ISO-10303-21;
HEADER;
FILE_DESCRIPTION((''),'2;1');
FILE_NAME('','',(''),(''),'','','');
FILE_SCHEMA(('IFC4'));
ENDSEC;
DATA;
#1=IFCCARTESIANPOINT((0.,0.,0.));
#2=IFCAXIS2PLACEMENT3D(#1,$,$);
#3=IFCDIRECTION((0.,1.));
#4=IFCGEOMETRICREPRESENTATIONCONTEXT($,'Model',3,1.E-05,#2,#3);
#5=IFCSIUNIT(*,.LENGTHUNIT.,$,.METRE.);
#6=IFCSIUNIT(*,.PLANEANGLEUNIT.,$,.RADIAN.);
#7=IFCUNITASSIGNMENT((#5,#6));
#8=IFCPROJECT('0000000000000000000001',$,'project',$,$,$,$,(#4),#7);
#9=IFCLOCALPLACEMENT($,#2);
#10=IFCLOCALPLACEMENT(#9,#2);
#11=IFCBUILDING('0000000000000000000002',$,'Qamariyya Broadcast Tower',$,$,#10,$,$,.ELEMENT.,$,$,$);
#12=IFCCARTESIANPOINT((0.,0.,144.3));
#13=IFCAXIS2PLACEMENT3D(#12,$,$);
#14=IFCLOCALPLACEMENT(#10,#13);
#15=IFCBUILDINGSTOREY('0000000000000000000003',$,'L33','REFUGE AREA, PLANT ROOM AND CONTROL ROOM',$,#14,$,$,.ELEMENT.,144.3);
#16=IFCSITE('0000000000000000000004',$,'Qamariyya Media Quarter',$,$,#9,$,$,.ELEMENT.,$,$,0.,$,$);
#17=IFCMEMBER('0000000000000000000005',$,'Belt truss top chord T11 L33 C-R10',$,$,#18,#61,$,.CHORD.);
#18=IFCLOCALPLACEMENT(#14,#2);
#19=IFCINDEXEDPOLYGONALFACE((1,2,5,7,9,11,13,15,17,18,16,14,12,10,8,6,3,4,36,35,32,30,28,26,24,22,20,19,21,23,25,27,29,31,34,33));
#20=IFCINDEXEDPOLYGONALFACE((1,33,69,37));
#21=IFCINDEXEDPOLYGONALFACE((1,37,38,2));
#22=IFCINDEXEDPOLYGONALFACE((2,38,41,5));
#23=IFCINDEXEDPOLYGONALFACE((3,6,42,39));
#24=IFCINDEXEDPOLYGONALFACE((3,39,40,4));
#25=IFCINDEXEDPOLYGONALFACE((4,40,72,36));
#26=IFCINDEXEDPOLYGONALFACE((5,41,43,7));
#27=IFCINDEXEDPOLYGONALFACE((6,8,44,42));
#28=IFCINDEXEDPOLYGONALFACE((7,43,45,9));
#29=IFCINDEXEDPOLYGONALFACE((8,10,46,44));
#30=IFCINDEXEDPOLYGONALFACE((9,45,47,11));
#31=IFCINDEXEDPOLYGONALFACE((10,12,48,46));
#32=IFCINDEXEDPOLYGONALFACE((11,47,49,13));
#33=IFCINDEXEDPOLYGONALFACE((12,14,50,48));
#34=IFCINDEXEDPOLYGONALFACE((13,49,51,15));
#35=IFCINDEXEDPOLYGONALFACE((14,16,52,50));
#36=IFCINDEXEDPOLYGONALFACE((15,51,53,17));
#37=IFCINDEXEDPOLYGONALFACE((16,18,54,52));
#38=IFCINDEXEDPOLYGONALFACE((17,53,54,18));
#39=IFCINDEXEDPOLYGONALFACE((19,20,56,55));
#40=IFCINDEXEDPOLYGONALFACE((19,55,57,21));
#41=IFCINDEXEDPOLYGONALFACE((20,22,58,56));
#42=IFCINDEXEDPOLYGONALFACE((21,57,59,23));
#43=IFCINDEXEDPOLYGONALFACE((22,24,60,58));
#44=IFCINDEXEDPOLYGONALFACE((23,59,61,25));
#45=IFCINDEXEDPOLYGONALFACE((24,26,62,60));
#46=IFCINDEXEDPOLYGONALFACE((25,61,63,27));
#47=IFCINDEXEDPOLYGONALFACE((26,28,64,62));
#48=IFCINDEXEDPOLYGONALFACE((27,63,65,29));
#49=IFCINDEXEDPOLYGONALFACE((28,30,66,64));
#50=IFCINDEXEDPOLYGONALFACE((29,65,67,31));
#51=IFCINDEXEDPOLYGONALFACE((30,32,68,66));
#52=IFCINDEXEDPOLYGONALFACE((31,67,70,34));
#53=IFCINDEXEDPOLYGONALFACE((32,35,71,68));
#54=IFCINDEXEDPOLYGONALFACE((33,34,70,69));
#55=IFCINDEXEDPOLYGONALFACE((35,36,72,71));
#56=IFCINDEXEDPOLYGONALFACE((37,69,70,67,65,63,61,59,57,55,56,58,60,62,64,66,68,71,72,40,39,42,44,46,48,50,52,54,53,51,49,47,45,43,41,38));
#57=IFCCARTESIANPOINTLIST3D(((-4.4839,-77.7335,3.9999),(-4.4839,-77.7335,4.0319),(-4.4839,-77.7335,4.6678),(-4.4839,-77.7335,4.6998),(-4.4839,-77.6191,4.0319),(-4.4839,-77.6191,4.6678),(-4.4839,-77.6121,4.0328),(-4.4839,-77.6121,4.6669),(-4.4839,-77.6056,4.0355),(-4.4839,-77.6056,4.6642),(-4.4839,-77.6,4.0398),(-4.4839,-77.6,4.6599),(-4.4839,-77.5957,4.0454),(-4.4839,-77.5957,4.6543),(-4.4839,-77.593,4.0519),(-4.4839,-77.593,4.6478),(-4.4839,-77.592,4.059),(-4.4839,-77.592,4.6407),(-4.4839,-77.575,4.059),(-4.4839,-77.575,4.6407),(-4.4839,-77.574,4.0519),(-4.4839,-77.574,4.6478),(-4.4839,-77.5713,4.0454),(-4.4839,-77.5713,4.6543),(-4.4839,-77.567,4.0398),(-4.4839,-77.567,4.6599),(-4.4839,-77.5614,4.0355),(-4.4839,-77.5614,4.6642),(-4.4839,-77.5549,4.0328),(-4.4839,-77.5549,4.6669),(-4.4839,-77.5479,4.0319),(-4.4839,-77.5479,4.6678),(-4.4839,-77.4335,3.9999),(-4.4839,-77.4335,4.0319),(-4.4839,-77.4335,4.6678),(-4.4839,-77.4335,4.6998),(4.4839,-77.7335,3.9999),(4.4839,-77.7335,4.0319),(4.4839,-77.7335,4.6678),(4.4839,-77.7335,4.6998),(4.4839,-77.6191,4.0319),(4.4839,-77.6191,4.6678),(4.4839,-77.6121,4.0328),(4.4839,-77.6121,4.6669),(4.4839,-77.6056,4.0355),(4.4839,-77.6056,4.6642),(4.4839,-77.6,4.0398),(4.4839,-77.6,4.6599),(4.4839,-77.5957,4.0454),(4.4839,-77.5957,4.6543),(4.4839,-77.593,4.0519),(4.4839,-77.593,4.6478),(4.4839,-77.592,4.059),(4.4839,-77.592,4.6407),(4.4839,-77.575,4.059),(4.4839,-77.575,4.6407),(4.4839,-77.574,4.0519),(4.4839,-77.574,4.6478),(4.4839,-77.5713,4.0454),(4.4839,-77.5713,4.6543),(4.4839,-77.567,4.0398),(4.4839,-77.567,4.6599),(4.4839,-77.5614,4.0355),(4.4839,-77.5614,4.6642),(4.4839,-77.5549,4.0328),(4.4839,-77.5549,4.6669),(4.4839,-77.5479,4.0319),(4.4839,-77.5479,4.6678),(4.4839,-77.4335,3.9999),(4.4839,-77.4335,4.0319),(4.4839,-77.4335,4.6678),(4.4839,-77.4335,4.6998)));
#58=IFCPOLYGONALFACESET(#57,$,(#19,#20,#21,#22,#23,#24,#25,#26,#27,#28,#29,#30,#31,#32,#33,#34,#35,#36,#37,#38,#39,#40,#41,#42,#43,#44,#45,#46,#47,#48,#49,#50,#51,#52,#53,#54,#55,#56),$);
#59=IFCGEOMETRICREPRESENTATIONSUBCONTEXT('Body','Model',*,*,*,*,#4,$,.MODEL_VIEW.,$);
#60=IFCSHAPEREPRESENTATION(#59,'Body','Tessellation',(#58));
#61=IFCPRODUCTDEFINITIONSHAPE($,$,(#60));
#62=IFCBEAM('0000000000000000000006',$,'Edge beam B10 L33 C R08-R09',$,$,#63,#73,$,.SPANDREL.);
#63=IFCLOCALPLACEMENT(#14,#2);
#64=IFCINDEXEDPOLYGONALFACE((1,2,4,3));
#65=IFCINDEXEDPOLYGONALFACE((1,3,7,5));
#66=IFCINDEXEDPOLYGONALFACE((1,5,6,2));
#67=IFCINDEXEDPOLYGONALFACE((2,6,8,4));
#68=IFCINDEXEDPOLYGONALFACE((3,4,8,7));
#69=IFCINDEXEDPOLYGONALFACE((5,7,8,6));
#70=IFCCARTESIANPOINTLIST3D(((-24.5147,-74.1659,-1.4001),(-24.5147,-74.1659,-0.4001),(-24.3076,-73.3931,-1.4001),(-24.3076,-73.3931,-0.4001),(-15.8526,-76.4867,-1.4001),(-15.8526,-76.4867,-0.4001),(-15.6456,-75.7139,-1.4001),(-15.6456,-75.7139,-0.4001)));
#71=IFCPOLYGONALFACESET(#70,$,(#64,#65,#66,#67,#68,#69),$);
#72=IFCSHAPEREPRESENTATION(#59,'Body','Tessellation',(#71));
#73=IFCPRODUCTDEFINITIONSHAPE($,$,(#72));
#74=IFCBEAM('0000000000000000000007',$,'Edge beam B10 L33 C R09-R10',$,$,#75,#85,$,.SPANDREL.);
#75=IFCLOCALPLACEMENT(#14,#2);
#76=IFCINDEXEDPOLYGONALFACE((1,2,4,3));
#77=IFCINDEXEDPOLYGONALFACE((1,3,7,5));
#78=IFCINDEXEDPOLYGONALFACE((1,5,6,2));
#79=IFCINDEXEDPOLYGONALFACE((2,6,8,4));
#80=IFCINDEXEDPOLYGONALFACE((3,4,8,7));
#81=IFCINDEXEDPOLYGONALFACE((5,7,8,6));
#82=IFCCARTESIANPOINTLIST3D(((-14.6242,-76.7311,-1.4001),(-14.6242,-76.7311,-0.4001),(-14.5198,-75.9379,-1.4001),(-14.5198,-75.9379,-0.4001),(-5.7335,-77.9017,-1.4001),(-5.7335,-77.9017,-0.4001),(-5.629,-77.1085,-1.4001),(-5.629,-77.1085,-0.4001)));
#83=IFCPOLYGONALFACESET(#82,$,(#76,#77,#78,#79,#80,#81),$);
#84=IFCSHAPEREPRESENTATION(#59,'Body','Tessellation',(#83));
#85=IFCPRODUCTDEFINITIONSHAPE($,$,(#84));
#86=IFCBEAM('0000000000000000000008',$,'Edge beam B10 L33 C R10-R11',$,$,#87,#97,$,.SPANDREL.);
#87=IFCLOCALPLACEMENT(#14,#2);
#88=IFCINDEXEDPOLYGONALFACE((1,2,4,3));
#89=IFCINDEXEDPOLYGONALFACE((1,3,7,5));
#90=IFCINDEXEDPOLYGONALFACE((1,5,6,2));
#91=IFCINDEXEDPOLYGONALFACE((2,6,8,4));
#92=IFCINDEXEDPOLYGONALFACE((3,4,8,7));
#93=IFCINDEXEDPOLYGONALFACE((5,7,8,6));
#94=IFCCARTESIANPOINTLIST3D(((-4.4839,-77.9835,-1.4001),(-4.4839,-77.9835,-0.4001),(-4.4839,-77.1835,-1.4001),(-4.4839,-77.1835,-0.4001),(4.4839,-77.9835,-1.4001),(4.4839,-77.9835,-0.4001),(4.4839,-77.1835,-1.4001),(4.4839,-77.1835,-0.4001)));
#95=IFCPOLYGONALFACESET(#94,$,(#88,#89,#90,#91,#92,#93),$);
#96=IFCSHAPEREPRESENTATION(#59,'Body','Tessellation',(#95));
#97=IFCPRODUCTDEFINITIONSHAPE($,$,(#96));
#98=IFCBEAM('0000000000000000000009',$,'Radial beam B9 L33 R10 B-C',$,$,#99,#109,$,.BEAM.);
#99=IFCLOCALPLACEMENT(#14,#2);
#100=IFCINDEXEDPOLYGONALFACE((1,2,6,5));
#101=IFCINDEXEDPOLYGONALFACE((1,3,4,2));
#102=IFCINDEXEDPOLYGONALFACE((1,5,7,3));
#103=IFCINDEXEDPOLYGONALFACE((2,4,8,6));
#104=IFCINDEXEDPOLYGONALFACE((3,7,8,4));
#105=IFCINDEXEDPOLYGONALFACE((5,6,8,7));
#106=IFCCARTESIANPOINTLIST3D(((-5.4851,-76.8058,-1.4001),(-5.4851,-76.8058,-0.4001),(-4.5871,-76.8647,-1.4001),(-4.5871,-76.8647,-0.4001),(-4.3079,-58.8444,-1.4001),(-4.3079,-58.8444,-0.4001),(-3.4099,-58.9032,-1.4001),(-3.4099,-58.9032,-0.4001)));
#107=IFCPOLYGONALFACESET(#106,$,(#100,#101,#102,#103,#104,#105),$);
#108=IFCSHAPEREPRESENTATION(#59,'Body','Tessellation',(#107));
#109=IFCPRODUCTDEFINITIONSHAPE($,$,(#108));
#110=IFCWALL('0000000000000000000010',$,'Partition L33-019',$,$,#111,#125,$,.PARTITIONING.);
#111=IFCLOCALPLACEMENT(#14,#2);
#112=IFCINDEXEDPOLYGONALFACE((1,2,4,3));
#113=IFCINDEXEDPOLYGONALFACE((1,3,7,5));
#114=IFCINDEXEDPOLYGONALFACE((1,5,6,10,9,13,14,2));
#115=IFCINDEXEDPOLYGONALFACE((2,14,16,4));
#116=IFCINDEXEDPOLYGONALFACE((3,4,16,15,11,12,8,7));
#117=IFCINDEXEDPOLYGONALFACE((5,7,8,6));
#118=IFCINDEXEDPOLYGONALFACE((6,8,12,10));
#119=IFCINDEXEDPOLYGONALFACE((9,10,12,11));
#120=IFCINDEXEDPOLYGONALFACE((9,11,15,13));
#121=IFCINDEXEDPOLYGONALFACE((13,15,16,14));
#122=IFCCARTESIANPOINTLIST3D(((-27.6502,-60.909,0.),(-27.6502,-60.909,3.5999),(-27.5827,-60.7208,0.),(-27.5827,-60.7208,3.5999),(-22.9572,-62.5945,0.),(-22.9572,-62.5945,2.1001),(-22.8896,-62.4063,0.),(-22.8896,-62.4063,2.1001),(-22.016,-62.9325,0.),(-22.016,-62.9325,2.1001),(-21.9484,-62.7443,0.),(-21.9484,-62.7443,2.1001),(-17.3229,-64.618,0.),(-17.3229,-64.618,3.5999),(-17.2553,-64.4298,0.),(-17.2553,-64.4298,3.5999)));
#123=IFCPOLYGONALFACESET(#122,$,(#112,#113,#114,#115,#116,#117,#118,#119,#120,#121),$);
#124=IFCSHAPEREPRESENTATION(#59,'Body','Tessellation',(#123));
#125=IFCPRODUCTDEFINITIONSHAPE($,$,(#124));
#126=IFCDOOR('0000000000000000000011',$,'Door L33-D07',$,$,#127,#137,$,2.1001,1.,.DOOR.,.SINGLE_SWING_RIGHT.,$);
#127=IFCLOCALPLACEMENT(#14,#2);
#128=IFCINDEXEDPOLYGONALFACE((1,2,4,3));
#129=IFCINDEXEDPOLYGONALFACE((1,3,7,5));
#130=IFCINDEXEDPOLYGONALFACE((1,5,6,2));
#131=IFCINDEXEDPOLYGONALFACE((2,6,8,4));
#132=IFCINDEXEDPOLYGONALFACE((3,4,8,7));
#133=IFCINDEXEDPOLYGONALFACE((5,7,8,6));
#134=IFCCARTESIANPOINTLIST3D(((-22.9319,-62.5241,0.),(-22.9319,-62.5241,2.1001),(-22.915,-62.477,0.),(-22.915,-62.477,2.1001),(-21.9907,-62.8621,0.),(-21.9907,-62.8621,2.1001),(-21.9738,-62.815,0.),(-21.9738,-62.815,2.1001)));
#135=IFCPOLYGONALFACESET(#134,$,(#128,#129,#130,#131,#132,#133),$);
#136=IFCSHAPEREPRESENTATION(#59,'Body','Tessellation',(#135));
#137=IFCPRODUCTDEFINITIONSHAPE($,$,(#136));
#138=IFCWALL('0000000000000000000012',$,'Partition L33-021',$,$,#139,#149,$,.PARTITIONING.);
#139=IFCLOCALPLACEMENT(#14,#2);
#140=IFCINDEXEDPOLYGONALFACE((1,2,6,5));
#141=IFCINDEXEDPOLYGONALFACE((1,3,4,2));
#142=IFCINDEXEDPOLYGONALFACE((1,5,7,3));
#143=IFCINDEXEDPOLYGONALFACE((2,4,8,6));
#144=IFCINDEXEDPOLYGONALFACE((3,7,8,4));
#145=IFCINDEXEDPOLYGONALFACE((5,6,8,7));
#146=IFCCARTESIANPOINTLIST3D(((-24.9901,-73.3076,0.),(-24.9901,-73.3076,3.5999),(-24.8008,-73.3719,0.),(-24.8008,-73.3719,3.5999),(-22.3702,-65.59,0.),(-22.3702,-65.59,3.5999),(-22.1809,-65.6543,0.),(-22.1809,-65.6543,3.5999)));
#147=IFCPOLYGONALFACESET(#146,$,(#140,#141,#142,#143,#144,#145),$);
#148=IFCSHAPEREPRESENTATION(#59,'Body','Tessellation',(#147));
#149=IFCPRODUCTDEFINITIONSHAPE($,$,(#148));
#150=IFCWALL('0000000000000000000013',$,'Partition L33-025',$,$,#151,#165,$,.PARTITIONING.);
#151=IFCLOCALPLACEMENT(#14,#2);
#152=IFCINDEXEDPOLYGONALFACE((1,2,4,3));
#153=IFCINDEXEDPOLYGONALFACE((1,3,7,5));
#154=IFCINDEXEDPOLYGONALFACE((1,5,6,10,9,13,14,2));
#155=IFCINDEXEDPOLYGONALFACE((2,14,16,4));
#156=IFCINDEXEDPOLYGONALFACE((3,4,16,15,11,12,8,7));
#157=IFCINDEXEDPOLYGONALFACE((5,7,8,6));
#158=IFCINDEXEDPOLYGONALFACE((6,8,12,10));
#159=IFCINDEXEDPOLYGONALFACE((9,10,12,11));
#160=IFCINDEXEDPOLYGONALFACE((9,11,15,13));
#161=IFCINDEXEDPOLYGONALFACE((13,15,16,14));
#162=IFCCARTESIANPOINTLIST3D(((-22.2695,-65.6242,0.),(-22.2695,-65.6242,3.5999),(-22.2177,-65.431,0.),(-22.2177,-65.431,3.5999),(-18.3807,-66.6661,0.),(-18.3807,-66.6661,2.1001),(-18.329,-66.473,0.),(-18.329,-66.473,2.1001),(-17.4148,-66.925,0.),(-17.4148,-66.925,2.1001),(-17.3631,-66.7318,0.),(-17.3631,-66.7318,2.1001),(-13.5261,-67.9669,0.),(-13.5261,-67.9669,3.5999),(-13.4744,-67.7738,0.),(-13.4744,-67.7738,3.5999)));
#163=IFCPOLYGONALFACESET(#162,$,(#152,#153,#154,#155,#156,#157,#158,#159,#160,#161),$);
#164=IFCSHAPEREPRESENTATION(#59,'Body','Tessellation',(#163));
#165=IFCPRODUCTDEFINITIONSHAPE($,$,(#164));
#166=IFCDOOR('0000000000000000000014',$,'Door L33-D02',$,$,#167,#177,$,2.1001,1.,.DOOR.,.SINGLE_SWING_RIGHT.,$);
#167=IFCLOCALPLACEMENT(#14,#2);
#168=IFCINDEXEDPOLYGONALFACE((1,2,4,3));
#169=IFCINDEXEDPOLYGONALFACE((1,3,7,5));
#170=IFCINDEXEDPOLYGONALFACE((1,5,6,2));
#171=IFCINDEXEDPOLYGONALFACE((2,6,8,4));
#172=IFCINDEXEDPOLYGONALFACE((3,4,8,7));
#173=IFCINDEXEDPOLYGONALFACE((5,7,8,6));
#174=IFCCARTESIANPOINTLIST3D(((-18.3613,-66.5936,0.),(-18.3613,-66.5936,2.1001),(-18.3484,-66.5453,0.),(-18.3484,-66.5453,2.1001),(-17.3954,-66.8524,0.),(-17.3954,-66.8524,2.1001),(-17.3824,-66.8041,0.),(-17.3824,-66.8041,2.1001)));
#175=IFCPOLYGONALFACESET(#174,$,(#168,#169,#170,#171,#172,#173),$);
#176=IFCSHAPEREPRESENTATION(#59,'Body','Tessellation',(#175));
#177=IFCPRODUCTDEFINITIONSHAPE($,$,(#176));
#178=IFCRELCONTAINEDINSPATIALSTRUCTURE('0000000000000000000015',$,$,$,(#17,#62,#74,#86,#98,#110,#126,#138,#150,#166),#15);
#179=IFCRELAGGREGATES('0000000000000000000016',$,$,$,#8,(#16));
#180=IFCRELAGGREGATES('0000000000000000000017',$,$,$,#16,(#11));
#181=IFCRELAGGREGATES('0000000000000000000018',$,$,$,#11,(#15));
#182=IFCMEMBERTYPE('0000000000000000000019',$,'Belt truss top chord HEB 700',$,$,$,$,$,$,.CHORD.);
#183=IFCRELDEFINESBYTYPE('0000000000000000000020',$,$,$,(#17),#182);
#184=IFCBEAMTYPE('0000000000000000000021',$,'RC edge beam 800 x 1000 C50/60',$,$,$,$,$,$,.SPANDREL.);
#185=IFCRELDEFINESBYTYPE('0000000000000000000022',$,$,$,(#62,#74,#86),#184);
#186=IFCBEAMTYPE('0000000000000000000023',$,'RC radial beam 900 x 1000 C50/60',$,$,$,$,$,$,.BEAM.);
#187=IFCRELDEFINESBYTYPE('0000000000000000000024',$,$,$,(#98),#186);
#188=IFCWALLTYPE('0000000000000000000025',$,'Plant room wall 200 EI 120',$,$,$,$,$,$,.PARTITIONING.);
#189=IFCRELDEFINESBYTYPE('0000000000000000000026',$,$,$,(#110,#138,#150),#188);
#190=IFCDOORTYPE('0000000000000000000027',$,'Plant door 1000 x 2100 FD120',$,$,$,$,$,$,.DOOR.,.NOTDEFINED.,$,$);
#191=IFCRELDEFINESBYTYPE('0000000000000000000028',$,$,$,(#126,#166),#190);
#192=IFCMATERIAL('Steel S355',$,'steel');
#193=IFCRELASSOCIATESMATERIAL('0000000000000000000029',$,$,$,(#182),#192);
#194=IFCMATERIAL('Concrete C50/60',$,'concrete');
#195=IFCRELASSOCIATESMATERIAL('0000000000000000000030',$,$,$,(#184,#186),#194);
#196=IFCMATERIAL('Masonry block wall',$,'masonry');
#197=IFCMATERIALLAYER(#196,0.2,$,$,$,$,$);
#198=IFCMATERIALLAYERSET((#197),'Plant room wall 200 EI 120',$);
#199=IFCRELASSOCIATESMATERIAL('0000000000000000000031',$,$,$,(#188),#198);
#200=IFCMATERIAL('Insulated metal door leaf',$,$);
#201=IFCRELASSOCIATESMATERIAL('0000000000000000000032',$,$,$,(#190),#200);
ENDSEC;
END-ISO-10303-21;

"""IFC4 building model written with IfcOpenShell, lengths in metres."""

from ifc_helpers import new_model, si_unit, direction, frame, frame_2d, origin, origin_2d, place, context, subcontext, project, spatial, rectangle, i_section, extrude, material, layer, layer_set, material_profile, profile_set, type_object, element, fill, save


model = new_model("IFC4")

# Units and contexts
model_context = context("Model", 3, precision=1e-05, world=origin(), true_north=direction((0.0, 1.0)))
body_context = subcontext(model_context, "Body", "Model", "MODEL_VIEW")
ifc_project = project(units=[si_unit("LENGTHUNIT", "METRE"), si_unit("PLANEANGLEUNIT", "RADIAN")], contexts=[model_context])

# Site, building, storey
site_placement = place(None, origin())
site = spatial("IfcSite", under=ifc_project, at=site_placement, Name="Qamariyya Media Quarter", CompositionType="ELEMENT", RefElevation=0.0)
building_placement = place(site_placement, origin())
building = spatial("IfcBuilding", under=site, at=building_placement, Name="Qamariyya Broadcast Tower", CompositionType="ELEMENT")
storey_placement = place(building_placement, frame((0.0, 0.0, 144.3)))
storey = spatial("IfcBuildingStorey", under=building, at=storey_placement, Name="L33", Description="REFUGE AREA, PLANT ROOM AND CONTROL ROOM", CompositionType="ELEMENT", Elevation=144.3)

# Member
ifc_material_1 = material(Name="Steel S355", Category="steel")
ifc_material_profile_1 = material_profile(ifc_material_1, i_section(OverallWidth=0.3, OverallDepth=0.7, WebThickness=0.0171, FlangeThickness=0.032, FilletRadius=0.0271, at=origin_2d()))
ifc_profile_set_1 = profile_set([ifc_material_profile_1], Name="Steel S355")
member_type_1 = type_object("IfcMemberType", Name="Belt truss top chord HEB 700", PredefinedType="CHORD", material=ifc_profile_set_1)
member_1_placement = place(storey_placement, frame((-4.4839, -77.5835, 4.3499), z_axis=(1.0, 0.0, 0.0), x_axis=(0.0, 1.0, 0.0)))
element("IfcMember", 1, at=member_1_placement, inside=storey, type_object=member_type_1, Name="Belt truss top chord T11 L33 C-R10", PredefinedType="CHORD", context=body_context, shape_type="SweptSolid", body=[
    extrude(i_section(OverallWidth=0.3, OverallDepth=0.7, WebThickness=0.0171, FlangeThickness=0.032, FilletRadius=0.0271, at=origin_2d()), origin(), (0.0, 0.0, 1.0), 8.9678),
])

# Beams
ifc_material_2 = material(Name="Concrete C50/60", Category="concrete")
ifc_material_profile_2 = material_profile(ifc_material_2, rectangle(XDim=0.8, YDim=1.0, at=origin_2d()))
ifc_profile_set_2 = profile_set([ifc_material_profile_2], Name="Concrete C50/60")
beam_type_1 = type_object("IfcBeamType", Name="RC edge beam 800 x 1000 C50/60", PredefinedType="SPANDREL", material=ifc_profile_set_2)
for number, where, z_axis, x_axis, name in (
    (2, (-24.4111, -73.7795, -0.9001), (0.965932, -0.258798, 0.0), (0.258798, 0.965932, 0.0), "Edge beam B10 L33 C R08-R09"),
    (3, (-14.572, -76.3345, -0.9001), (0.991443, -0.130543, 0.0), (0.130543, 0.991443, 0.0), "Edge beam B10 L33 C R09-R10"),
):
    element("IfcBeam", number, at=place(storey_placement, frame(where, z_axis=z_axis, x_axis=x_axis)), inside=storey, type_object=beam_type_1, Name=name, PredefinedType="SPANDREL", context=body_context, shape_type="SweptSolid", body=[
        extrude(rectangle(XDim=0.8, YDim=1.0, at=origin_2d()), origin(), (0.0, 0.0, 1.0), 8.9675),
    ])
beam_1_placement = place(storey_placement, frame((-4.4839, -77.5835, -0.9001), z_axis=(1.0, 0.0, 0.0), x_axis=(0.0, 1.0, 0.0)))
element("IfcBeam", 4, at=beam_1_placement, inside=storey, type_object=beam_type_1, Name="Edge beam B10 L33 C R10-R11", PredefinedType="SPANDREL", context=body_context, shape_type="SweptSolid", body=[
    extrude(rectangle(XDim=0.8, YDim=1.0, at=origin_2d()), origin(), (0.0, 0.0, 1.0), 8.9678),
])
ifc_material_profile_3 = material_profile(ifc_material_2, rectangle(XDim=0.8999, YDim=1.0, at=origin_2d()))
ifc_profile_set_3 = profile_set([ifc_material_profile_3], Name="Concrete C50/60")
beam_type_2 = type_object("IfcBeamType", Name="RC radial beam 900 x 1000 C50/60", PredefinedType="BEAM", material=ifc_profile_set_3)
beam_2_placement = place(storey_placement, frame((-3.8589, -58.8738, -0.9001), z_axis=(-0.065403, -0.997859, 0.0), x_axis=(0.997859, -0.065403, 0.0)))
element("IfcBeam", 5, at=beam_2_placement, inside=storey, type_object=beam_type_2, Name="Radial beam B9 L33 R10 B-C", PredefinedType="BEAM", context=body_context, shape_type="SweptSolid", body=[
    extrude(rectangle(XDim=0.8999, YDim=1.0, at=origin_2d()), origin(), (0.0, 0.0, 1.0), 18.0),
])

# Wall, opening, door
ifc_material_3 = material(Name="Masonry block wall", Category="masonry")
ifc_layer_1 = layer(ifc_material_3, 0.2)
ifc_layer_set_1 = layer_set([ifc_layer_1], Name="Plant room wall 200 EI 120")
wall_type_1 = type_object("IfcWallType", Name="Plant room wall 200 EI 120", PredefinedType="PARTITIONING", material=ifc_layer_set_1)
wall_1_placement = place(storey_placement, frame((-27.6165, -60.8149, 0.0), z_axis=(0.0, 0.0, 1.0), x_axis=(0.941145, -0.338003, 0.0)))
wall_1 = element("IfcWall", 6, at=wall_1_placement, inside=storey, type_object=wall_type_1, Name="Partition L33-019", PredefinedType="PARTITIONING", context=body_context, shape_type="SweptSolid", body=[
    extrude(rectangle(XDim=10.9731, YDim=0.2, at=frame_2d((5.4866, 0.0))), origin(), (0.0, 0.0, 1.0), 3.5999),
])
opening_1_placement = place(wall_1_placement, frame((4.9866, 0.0, 0.0)))
opening_1 = element("IfcOpeningElement", 7, at=opening_1_placement, cuts=wall_1, PredefinedType="OPENING", context=body_context, shape_type="SweptSolid", body=[
    extrude(rectangle(XDim=1.0, YDim=2.1001, at=frame_2d((0.5, 1.05))), frame((0.0, 0.1099, 0.0), z_axis=(0.0, -1.0, 0.0), x_axis=(1.0, 0.0, 0.0)), (0.0, 0.0, 1.0), 0.22),
])
ifc_material_4 = material(Name="Insulated metal door leaf")
door_type = type_object("IfcDoorType", Name="Plant door 1000 x 2100 FD120", OperationType="NOTDEFINED", PredefinedType="DOOR", material=ifc_material_4)
door_1_placement = place(opening_1_placement, origin())
door_1 = element("IfcDoor", 8, at=door_1_placement, inside=storey, type_object=door_type, Name="Door L33-D07", OperationType="SINGLE_SWING_RIGHT", OverallHeight=2.1001, OverallWidth=1.0, PredefinedType="DOOR", context=body_context, shape_type="SweptSolid", body=[
    extrude(rectangle(XDim=1.0, YDim=2.1001, at=frame_2d((0.5, 1.05))), frame((0.0, 0.0249, 0.0), z_axis=(0.0, -1.0, 0.0), x_axis=(1.0, 0.0, 0.0)), (0.0, 0.0, 1.0), 0.05),
])
fill(opening_1, door_1)

# Wall
wall_2_placement = place(storey_placement, frame((-24.8955, -73.3398, 0.0), z_axis=(0.0, 0.0, 1.0), x_axis=(0.321453, 0.946925, 0.0)))
element("IfcWall", 9, at=wall_2_placement, inside=storey, type_object=wall_type_1, Name="Partition L33-021", PredefinedType="PARTITIONING", context=body_context, shape_type="SweptSolid", body=[
    extrude(rectangle(XDim=8.1501, YDim=0.2, at=frame_2d((4.0752, 0.0))), origin(), (0.0, 0.0, 1.0), 3.5999),
])

# Wall, opening, door
wall_3_placement = place(storey_placement, frame((-13.5002, -67.8704, 0.0), z_axis=(0.0, 0.0, 1.0), x_axis=(-0.965926, 0.258817, 0.0)))
wall_3 = element("IfcWall", 10, at=wall_3_placement, inside=storey, type_object=wall_type_1, Name="Partition L33-025", PredefinedType="PARTITIONING", context=body_context, shape_type="SweptSolid", body=[
    extrude(rectangle(XDim=9.0518, YDim=0.2, at=frame_2d((4.5259, 0.0))), origin(), (0.0, 0.0, 1.0), 3.5999),
])
opening_2_placement = place(wall_3_placement, frame((4.0259, 0.0, 0.0)))
opening_2 = element("IfcOpeningElement", 11, at=opening_2_placement, cuts=wall_3, PredefinedType="OPENING", context=body_context, shape_type="SweptSolid", body=[
    extrude(rectangle(XDim=1.0, YDim=2.1001, at=frame_2d((0.5, 1.05))), frame((0.0, 0.1099, 0.0), z_axis=(0.0, -1.0, 0.0), x_axis=(1.0, 0.0, 0.0)), (0.0, 0.0, 1.0), 0.22),
])
door_2_placement = place(opening_2_placement, origin())
door_2 = element("IfcDoor", 12, at=door_2_placement, inside=storey, type_object=door_type, Name="Door L33-D02", OperationType="SINGLE_SWING_RIGHT", OverallHeight=2.1001, OverallWidth=1.0, PredefinedType="DOOR", context=body_context, shape_type="SweptSolid", body=[
    extrude(rectangle(XDim=1.0, YDim=2.1001, at=frame_2d((0.5, 1.05))), frame((0.0, 0.0249, 0.0), z_axis=(0.0, -1.0, 0.0), x_axis=(1.0, 0.0, 0.0)), (0.0, 0.0, 1.0), 0.05),
])
fill(opening_2, door_2)

save(model, "model.ifc")
